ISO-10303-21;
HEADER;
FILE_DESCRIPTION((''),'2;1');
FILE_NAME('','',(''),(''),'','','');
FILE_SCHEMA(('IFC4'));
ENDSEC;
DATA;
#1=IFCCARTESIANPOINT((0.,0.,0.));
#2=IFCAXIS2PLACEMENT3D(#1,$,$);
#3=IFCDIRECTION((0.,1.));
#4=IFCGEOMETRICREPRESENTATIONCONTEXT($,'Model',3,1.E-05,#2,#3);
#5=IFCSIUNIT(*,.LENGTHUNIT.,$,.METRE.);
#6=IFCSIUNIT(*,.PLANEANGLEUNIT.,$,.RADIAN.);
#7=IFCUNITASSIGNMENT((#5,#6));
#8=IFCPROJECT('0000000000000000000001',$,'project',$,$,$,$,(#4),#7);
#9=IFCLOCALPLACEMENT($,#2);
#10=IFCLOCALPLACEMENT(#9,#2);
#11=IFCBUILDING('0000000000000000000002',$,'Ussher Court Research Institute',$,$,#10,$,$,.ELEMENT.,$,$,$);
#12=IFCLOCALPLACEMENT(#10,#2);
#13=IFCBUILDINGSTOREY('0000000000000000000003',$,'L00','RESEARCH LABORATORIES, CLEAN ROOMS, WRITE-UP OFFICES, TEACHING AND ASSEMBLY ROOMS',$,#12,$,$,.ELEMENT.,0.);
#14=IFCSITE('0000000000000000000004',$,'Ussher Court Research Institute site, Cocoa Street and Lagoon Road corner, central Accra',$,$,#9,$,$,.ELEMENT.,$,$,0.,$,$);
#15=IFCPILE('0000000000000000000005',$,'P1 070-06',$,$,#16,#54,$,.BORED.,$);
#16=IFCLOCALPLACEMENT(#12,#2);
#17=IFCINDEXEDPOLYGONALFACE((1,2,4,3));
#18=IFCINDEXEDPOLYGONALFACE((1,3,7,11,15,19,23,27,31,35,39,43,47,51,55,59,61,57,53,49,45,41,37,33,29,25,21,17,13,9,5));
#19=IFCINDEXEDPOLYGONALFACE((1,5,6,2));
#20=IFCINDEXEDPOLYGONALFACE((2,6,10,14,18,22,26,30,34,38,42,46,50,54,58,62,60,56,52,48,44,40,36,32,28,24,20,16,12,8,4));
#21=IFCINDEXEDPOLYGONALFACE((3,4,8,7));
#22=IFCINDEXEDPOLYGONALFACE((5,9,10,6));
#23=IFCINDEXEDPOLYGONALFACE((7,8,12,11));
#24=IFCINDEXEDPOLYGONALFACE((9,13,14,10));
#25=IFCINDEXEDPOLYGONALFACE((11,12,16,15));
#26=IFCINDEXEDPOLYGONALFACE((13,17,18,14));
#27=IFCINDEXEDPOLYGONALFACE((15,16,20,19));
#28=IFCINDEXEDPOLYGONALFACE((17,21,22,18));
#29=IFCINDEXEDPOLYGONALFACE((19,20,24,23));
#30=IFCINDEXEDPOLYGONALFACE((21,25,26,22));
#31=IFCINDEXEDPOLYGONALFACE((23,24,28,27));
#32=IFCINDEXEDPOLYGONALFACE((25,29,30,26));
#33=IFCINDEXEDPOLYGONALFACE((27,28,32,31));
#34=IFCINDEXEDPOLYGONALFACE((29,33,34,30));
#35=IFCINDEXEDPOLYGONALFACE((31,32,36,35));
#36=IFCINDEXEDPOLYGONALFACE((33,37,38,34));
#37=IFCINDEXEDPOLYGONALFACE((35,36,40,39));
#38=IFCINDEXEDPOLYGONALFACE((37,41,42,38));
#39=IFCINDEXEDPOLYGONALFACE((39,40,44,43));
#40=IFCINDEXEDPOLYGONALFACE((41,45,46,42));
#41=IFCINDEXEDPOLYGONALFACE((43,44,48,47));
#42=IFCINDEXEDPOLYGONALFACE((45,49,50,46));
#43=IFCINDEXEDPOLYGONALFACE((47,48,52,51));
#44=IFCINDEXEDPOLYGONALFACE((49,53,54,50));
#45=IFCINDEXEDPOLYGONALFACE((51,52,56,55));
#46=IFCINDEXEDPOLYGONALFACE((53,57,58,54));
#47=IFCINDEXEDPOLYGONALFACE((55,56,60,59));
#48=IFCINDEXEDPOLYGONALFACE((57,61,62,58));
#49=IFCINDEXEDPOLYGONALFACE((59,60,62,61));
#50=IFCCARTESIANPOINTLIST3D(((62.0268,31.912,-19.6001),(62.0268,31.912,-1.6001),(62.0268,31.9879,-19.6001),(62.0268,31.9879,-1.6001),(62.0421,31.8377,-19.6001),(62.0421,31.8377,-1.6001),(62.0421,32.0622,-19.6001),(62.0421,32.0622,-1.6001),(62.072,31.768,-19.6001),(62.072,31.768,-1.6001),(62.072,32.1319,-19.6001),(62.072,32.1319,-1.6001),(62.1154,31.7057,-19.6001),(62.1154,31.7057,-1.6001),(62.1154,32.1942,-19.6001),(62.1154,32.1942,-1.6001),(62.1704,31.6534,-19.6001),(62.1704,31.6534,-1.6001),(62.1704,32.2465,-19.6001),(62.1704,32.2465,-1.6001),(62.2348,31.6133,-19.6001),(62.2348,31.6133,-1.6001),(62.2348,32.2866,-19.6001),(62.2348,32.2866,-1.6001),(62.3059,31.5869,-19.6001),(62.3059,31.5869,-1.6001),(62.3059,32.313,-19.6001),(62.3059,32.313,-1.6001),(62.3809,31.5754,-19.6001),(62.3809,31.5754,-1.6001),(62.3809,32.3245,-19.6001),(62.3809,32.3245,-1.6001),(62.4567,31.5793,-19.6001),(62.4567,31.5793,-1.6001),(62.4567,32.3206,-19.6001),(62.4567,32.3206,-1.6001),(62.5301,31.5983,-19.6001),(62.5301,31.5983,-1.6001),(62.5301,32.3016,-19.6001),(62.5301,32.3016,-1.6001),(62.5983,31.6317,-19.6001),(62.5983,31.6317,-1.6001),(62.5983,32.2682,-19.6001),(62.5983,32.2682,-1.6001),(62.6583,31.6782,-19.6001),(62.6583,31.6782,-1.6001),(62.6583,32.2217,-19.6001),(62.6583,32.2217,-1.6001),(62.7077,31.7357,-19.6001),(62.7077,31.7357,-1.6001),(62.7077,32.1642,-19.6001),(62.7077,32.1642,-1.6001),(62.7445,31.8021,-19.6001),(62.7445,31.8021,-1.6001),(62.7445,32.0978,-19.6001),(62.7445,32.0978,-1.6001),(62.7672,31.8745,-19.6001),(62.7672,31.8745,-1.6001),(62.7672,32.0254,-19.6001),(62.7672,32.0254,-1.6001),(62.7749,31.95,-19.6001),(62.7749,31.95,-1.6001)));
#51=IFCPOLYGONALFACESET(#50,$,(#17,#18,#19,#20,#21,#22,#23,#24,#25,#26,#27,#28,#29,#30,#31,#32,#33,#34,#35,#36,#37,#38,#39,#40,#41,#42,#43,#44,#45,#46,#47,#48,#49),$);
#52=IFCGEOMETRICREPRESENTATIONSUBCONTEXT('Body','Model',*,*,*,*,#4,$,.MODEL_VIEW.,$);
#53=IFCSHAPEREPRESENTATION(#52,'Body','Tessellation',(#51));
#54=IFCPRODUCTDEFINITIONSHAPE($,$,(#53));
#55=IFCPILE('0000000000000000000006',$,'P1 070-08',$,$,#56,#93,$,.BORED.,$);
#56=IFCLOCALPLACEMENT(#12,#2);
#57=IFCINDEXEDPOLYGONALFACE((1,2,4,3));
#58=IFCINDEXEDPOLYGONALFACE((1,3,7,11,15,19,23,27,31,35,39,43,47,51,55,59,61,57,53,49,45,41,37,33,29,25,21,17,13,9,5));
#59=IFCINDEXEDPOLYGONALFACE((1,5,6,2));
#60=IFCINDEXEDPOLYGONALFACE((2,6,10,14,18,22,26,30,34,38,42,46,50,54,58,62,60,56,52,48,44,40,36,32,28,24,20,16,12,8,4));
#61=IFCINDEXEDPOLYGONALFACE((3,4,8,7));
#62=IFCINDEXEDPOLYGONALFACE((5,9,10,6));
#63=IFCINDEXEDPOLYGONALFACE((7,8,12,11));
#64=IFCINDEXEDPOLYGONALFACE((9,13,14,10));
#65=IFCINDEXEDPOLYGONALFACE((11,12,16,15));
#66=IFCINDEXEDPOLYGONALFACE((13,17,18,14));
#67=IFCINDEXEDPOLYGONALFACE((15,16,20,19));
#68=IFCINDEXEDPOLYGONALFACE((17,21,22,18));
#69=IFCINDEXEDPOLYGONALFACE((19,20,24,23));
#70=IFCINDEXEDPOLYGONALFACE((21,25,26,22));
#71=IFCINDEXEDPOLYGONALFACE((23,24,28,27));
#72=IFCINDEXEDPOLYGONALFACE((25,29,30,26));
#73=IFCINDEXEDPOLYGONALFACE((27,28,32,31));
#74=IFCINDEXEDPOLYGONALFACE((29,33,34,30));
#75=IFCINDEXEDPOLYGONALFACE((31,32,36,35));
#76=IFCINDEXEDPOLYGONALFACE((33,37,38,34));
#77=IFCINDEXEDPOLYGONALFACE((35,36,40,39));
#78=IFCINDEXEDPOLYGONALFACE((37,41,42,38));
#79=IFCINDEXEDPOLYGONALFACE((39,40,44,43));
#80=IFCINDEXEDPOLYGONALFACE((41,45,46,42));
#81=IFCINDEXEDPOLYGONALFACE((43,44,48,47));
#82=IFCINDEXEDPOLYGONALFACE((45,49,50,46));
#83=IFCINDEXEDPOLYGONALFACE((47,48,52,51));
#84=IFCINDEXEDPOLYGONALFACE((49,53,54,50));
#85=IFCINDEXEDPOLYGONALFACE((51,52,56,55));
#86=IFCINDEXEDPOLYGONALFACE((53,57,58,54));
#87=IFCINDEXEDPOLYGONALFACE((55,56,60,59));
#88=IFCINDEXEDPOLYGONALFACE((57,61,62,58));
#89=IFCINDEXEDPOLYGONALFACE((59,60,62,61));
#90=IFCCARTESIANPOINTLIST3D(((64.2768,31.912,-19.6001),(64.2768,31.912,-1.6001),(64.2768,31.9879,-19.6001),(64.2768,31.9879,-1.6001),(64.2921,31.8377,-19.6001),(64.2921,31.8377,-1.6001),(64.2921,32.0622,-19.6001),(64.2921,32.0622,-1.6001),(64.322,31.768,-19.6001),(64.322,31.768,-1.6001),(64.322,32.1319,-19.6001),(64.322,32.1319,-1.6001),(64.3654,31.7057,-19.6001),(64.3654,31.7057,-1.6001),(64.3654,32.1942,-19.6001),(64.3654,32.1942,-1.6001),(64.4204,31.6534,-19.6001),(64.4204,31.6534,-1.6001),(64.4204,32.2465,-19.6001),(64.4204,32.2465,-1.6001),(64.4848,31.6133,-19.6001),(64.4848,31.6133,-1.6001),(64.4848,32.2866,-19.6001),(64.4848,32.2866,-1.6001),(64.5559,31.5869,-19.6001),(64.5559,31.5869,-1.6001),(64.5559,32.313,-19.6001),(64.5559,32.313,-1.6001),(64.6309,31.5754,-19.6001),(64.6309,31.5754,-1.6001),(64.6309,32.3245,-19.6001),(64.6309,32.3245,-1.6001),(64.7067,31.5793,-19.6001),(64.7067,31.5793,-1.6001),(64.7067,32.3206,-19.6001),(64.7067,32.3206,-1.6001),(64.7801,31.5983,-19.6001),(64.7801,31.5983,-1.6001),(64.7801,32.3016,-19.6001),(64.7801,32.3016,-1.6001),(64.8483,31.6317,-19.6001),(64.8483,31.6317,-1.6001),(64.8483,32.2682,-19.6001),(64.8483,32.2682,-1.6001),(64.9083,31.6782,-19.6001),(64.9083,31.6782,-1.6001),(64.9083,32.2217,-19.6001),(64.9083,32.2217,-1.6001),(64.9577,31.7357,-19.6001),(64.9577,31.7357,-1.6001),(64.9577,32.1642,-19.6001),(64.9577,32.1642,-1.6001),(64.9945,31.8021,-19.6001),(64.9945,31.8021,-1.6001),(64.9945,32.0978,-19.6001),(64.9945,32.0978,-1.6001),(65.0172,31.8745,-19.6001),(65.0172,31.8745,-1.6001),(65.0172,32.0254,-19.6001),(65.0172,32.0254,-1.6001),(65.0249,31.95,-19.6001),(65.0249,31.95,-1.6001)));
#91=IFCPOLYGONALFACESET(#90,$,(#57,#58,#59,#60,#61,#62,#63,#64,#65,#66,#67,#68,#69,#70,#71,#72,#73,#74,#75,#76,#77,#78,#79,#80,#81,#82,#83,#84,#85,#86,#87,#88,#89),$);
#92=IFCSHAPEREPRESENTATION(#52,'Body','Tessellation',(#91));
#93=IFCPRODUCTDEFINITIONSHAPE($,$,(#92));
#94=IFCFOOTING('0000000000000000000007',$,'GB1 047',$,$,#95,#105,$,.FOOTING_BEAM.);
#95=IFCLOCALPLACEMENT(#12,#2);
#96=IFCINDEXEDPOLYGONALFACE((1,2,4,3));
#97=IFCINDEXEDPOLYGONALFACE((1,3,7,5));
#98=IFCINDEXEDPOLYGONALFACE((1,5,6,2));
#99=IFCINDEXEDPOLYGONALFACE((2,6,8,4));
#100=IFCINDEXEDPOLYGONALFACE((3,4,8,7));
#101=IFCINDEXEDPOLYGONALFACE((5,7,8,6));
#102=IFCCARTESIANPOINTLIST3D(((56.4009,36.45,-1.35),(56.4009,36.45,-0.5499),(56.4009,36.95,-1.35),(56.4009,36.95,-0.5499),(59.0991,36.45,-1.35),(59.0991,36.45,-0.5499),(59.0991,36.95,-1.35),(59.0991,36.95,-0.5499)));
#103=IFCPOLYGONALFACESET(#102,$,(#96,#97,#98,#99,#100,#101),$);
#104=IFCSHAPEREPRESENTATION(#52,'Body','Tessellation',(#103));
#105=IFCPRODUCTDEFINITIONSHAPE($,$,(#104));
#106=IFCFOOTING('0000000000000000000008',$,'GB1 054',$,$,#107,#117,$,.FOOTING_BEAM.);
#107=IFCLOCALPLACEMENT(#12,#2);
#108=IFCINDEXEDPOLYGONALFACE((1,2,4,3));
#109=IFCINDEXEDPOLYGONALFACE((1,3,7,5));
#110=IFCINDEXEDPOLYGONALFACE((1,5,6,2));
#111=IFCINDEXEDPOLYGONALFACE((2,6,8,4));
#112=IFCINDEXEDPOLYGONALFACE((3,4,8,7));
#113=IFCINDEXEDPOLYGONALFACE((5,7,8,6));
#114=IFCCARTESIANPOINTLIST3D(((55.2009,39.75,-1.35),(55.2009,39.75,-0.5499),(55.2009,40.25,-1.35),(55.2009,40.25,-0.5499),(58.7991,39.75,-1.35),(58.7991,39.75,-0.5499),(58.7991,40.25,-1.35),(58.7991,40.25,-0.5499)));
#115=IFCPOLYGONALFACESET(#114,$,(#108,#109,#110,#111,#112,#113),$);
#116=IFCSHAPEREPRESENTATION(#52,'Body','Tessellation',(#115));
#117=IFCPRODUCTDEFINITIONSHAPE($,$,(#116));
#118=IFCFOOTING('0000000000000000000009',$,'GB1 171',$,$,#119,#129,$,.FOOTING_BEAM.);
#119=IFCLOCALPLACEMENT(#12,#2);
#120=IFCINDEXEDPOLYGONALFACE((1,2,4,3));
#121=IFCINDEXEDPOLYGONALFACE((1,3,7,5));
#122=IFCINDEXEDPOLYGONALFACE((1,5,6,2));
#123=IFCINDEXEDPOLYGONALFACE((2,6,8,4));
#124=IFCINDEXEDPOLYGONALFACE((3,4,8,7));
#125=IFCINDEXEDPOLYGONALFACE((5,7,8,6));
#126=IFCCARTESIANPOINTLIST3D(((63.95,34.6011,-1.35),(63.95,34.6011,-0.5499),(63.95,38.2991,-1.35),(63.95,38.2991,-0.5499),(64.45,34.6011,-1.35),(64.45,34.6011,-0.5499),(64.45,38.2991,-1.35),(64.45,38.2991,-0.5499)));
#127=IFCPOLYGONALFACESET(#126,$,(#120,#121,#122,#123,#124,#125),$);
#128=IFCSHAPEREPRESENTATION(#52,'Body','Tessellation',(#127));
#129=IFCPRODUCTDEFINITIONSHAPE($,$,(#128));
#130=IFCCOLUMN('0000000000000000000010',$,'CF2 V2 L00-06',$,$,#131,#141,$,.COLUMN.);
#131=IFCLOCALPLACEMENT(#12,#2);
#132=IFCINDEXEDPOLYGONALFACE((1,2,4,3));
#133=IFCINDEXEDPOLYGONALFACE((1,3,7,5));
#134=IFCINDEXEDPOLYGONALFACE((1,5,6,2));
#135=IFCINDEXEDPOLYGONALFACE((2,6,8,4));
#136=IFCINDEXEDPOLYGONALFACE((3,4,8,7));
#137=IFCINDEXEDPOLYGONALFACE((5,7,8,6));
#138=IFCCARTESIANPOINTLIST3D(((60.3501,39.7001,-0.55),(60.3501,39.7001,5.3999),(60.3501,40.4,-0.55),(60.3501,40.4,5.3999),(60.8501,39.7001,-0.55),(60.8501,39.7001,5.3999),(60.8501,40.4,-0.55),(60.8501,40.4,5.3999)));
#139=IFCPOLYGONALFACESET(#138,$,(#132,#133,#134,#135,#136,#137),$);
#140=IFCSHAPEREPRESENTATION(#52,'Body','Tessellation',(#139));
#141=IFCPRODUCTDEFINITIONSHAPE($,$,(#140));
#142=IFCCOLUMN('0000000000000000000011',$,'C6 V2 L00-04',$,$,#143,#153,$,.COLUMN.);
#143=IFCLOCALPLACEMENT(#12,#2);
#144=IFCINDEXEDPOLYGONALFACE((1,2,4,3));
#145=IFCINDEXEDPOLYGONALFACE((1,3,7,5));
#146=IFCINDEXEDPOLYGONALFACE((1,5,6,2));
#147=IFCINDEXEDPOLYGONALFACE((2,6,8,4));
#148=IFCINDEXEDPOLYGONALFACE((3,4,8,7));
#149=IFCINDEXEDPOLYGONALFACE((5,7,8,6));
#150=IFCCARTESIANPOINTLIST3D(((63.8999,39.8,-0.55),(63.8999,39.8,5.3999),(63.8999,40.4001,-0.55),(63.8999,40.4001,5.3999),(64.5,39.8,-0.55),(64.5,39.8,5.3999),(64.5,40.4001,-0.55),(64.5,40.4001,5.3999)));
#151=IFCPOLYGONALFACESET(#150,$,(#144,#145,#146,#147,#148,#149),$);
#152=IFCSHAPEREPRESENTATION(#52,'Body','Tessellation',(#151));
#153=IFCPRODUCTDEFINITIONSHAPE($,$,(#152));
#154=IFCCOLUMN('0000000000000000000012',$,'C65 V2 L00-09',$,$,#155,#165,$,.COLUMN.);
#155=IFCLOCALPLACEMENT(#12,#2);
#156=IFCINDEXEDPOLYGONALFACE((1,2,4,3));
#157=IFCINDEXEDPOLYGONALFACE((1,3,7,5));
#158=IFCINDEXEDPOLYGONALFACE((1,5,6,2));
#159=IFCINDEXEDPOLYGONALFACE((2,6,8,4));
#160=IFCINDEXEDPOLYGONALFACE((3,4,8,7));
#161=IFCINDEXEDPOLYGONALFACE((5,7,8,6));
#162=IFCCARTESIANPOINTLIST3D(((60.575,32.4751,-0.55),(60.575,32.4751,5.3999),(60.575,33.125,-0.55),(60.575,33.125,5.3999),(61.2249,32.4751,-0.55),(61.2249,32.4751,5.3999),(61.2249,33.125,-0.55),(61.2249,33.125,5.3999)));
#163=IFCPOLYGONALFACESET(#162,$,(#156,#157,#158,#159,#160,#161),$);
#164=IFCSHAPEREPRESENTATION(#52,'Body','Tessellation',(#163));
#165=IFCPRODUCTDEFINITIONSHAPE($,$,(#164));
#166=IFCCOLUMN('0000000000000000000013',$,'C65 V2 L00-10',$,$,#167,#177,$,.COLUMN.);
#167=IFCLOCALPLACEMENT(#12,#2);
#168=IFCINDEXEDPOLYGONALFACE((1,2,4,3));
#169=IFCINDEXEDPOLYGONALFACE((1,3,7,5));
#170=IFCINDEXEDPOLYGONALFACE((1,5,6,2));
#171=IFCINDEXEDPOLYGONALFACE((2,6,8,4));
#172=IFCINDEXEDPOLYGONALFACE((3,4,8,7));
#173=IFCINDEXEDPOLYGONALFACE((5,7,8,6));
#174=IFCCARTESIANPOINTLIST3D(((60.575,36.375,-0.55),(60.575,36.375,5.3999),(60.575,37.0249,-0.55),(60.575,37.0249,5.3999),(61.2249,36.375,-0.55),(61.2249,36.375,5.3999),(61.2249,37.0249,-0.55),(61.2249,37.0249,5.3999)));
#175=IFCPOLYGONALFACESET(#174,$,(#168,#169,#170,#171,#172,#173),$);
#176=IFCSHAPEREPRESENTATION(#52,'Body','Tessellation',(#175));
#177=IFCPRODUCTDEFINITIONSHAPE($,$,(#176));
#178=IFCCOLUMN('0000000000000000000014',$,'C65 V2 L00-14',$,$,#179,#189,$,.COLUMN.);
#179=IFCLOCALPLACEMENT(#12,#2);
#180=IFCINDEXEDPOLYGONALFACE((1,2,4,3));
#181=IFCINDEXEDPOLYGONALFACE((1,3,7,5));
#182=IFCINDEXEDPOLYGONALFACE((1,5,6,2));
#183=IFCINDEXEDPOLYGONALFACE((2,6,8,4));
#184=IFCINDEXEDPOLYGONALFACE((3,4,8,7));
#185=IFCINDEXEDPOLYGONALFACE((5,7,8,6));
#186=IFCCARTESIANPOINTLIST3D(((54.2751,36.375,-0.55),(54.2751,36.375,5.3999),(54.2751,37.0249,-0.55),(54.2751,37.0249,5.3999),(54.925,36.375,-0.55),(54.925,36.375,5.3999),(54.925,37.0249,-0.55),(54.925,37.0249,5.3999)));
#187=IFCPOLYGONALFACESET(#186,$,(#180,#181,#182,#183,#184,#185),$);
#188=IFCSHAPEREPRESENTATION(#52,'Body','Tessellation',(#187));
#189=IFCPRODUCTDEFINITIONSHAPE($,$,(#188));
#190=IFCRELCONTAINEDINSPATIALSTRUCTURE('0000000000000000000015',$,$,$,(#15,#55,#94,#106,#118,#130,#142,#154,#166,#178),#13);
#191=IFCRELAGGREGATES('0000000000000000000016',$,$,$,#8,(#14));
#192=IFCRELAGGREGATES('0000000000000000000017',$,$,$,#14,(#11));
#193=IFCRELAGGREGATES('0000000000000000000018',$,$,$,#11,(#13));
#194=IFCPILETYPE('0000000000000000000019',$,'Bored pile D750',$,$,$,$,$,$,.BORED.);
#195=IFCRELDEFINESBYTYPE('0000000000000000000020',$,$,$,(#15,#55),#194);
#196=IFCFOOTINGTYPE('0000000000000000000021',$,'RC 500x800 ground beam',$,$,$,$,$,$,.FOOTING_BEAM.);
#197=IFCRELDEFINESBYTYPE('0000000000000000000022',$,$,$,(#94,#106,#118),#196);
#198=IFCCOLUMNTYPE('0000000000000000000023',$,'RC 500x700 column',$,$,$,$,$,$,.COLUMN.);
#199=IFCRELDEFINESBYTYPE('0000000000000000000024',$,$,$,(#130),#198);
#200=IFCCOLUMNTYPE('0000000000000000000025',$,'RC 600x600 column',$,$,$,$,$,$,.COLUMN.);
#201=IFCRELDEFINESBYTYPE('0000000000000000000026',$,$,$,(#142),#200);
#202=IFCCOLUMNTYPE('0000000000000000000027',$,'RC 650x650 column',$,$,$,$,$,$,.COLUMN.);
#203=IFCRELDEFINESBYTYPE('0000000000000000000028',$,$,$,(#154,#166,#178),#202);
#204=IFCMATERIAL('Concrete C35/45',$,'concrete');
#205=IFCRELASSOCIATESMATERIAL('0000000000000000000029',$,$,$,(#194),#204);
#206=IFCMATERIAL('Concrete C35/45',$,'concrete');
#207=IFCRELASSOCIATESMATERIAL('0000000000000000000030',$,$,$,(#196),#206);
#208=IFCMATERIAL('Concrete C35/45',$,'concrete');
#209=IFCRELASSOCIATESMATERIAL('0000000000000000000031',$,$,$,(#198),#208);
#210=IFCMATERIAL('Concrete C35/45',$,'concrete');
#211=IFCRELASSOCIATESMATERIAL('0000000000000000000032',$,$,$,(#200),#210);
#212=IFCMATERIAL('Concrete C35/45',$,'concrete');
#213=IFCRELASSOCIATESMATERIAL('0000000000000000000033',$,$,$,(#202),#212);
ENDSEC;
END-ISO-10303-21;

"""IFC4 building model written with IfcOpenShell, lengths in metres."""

from ifc_helpers import new_model, si_unit, direction, frame, origin, origin_2d, place, context, subcontext, project, spatial, rectangle, circle, extrude, material, material_profile, profile_set, type_object, element, save


model = new_model("IFC4")

# Units and contexts
model_context = context("Model", 3, precision=1e-05, world=origin(), true_north=direction((0.0, 1.0)))
body_context = subcontext(model_context, "Body", "Model", "MODEL_VIEW")
ifc_project = project(units=[si_unit("LENGTHUNIT", "METRE"), si_unit("PLANEANGLEUNIT", "RADIAN")], contexts=[model_context])

# Site, building, storey
site_placement = place(None, origin())
site = spatial("IfcSite", under=ifc_project, at=site_placement, Name="Ussher Court Research Institute site, Cocoa Street and Lagoon Road corner, central Accra", CompositionType="ELEMENT", RefElevation=0.0)
building_placement = place(site_placement, origin())
building = spatial("IfcBuilding", under=site, at=building_placement, Name="Ussher Court Research Institute", CompositionType="ELEMENT")
storey_placement = place(building_placement, origin())
storey = spatial("IfcBuildingStorey", under=building, at=storey_placement, Name="L00", Description="RESEARCH LABORATORIES, CLEAN ROOMS, WRITE-UP OFFICES, TEACHING AND ASSEMBLY ROOMS", CompositionType="ELEMENT", Elevation=0.0)

# Piles
ifc_material_1 = material(Name="Concrete C35/45", Category="concrete")
ifc_material_profile_1 = material_profile(ifc_material_1, circle(Radius=0.375, at=origin_2d()), Name="RC D750")
ifc_profile_set_1 = profile_set([ifc_material_profile_1], Name="Concrete C35/45")
pile_type = type_object("IfcPileType", Name="Bored pile D750", PredefinedType="BORED", material=ifc_profile_set_1)
for number, where, z_axis, x_axis, name in (
    (1, (62.3999, 31.95, -1.6001), (0.0, 0.0, -1.0), (1.0, 0.0, 0.0), "P1 070-06"),
    (2, (64.6499, 31.95, -1.6001), (0.0, 0.0, -1.0), (1.0, 0.0, 0.0), "P1 070-08"),
):
    element("IfcPile", number, at=place(storey_placement, frame(where, z_axis=z_axis, x_axis=x_axis)), inside=storey, type_object=pile_type, Name=name, PredefinedType="BORED", context=body_context, shape_type="SweptSolid", body=[
        extrude(circle(Radius=0.375, at=origin_2d()), origin(), (0.0, 0.0, 1.0), 18.0),
    ])

# Footings
ifc_material_2 = material(Name="Concrete C35/45", Category="concrete")
ifc_material_profile_2 = material_profile(ifc_material_2, rectangle(XDim=0.5, YDim=0.8, at=origin_2d()), Name="RC 500x800")
ifc_profile_set_2 = profile_set([ifc_material_profile_2], Name="Concrete C35/45")
footing_type = type_object("IfcFootingType", Name="RC 500x800 ground beam", PredefinedType="FOOTING_BEAM", material=ifc_profile_set_2)
footing_1_placement = place(storey_placement, frame((56.4009, 36.7, -0.95), z_axis=(1.0, 0.0, 0.0), x_axis=(0.0, 1.0, 0.0)))
element("IfcFooting", 3, at=footing_1_placement, inside=storey, type_object=footing_type, Name="GB1 047", PredefinedType="FOOTING_BEAM", context=body_context, shape_type="SweptSolid", body=[
    extrude(rectangle(XDim=0.5, YDim=0.8, at=origin_2d()), origin(), (0.0, 0.0, 1.0), 2.6982),
])
footing_2_placement = place(storey_placement, frame((55.2009, 40.0, -0.95), z_axis=(1.0, 0.0, 0.0), x_axis=(0.0, 1.0, 0.0)))
element("IfcFooting", 4, at=footing_2_placement, inside=storey, type_object=footing_type, Name="GB1 054", PredefinedType="FOOTING_BEAM", context=body_context, shape_type="SweptSolid", body=[
    extrude(rectangle(XDim=0.5, YDim=0.8, at=origin_2d()), origin(), (0.0, 0.0, 1.0), 3.5981),
])
footing_3_placement = place(storey_placement, frame((64.2, 34.6011, -0.95), z_axis=(0.0, 1.0, 0.0), x_axis=(-1.0, 0.0, 0.0)))
element("IfcFooting", 5, at=footing_3_placement, inside=storey, type_object=footing_type, Name="GB1 171", PredefinedType="FOOTING_BEAM", context=body_context, shape_type="SweptSolid", body=[
    extrude(rectangle(XDim=0.5, YDim=0.8, at=origin_2d()), origin(), (0.0, 0.0, 1.0), 3.698),
])

# Columns
ifc_material_3 = material(Name="Concrete C35/45", Category="concrete")
ifc_material_profile_3 = material_profile(ifc_material_3, rectangle(XDim=0.5, YDim=0.7, at=origin_2d()), Name="RC 500x700")
ifc_profile_set_3 = profile_set([ifc_material_profile_3], Name="Concrete C35/45")
column_type_1 = type_object("IfcColumnType", Name="RC 500x700 column", PredefinedType="COLUMN", material=ifc_profile_set_3)
column_1_placement = place(storey_placement, frame((60.6001, 40.05, -0.55), z_axis=(0.0, 0.0, 1.0), x_axis=(1.0, 0.0, 0.0)))
element("IfcColumn", 6, at=column_1_placement, inside=storey, type_object=column_type_1, Name="CF2 V2 L00-06", PredefinedType="COLUMN", context=body_context, shape_type="SweptSolid", body=[
    extrude(rectangle(XDim=0.5, YDim=0.7, at=origin_2d()), origin(), (0.0, 0.0, 1.0), 5.95),
])
ifc_material_4 = material(Name="Concrete C35/45", Category="concrete")
ifc_material_profile_4 = material_profile(ifc_material_4, rectangle(XDim=0.6001, YDim=0.6001, at=origin_2d()), Name="RC 600x600")
ifc_profile_set_4 = profile_set([ifc_material_profile_4], Name="Concrete C35/45")
column_type_2 = type_object("IfcColumnType", Name="RC 600x600 column", PredefinedType="COLUMN", material=ifc_profile_set_4)
column_2_placement = place(storey_placement, frame((64.2, 40.1001, -0.55), z_axis=(0.0, 0.0, 1.0), x_axis=(1.0, 0.0, 0.0)))
element("IfcColumn", 7, at=column_2_placement, inside=storey, type_object=column_type_2, Name="C6 V2 L00-04", PredefinedType="COLUMN", context=body_context, shape_type="SweptSolid", body=[
    extrude(rectangle(XDim=0.6001, YDim=0.6001, at=origin_2d()), origin(), (0.0, 0.0, 1.0), 5.95),
])
ifc_material_5 = material(Name="Concrete C35/45", Category="concrete")
ifc_material_profile_5 = material_profile(ifc_material_5, rectangle(XDim=0.6499, YDim=0.6499, at=origin_2d()), Name="RC 650x650")
ifc_profile_set_5 = profile_set([ifc_material_profile_5], Name="Concrete C35/45")
column_type_3 = type_object("IfcColumnType", Name="RC 650x650 column", PredefinedType="COLUMN", material=ifc_profile_set_5)
for number, where, z_axis, x_axis, name in (
    (8, (60.8999, 32.8, -0.55), (0.0, 0.0, 1.0), (1.0, 0.0, 0.0), "C65 V2 L00-09"),
    (9, (60.8999, 36.7, -0.55), (0.0, 0.0, 1.0), (1.0, 0.0, 0.0), "C65 V2 L00-10"),
    (10, (54.6001, 36.7, -0.55), (0.0, 0.0, 1.0), (1.0, 0.0, 0.0), "C65 V2 L00-14"),
):
    element("IfcColumn", number, at=place(storey_placement, frame(where, z_axis=z_axis, x_axis=x_axis)), inside=storey, type_object=column_type_3, Name=name, PredefinedType="COLUMN", context=body_context, shape_type="SweptSolid", body=[
        extrude(rectangle(XDim=0.6499, YDim=0.6499, at=origin_2d()), origin(), (0.0, 0.0, 1.0), 5.95),
    ])

save(model, "model.ifc")
